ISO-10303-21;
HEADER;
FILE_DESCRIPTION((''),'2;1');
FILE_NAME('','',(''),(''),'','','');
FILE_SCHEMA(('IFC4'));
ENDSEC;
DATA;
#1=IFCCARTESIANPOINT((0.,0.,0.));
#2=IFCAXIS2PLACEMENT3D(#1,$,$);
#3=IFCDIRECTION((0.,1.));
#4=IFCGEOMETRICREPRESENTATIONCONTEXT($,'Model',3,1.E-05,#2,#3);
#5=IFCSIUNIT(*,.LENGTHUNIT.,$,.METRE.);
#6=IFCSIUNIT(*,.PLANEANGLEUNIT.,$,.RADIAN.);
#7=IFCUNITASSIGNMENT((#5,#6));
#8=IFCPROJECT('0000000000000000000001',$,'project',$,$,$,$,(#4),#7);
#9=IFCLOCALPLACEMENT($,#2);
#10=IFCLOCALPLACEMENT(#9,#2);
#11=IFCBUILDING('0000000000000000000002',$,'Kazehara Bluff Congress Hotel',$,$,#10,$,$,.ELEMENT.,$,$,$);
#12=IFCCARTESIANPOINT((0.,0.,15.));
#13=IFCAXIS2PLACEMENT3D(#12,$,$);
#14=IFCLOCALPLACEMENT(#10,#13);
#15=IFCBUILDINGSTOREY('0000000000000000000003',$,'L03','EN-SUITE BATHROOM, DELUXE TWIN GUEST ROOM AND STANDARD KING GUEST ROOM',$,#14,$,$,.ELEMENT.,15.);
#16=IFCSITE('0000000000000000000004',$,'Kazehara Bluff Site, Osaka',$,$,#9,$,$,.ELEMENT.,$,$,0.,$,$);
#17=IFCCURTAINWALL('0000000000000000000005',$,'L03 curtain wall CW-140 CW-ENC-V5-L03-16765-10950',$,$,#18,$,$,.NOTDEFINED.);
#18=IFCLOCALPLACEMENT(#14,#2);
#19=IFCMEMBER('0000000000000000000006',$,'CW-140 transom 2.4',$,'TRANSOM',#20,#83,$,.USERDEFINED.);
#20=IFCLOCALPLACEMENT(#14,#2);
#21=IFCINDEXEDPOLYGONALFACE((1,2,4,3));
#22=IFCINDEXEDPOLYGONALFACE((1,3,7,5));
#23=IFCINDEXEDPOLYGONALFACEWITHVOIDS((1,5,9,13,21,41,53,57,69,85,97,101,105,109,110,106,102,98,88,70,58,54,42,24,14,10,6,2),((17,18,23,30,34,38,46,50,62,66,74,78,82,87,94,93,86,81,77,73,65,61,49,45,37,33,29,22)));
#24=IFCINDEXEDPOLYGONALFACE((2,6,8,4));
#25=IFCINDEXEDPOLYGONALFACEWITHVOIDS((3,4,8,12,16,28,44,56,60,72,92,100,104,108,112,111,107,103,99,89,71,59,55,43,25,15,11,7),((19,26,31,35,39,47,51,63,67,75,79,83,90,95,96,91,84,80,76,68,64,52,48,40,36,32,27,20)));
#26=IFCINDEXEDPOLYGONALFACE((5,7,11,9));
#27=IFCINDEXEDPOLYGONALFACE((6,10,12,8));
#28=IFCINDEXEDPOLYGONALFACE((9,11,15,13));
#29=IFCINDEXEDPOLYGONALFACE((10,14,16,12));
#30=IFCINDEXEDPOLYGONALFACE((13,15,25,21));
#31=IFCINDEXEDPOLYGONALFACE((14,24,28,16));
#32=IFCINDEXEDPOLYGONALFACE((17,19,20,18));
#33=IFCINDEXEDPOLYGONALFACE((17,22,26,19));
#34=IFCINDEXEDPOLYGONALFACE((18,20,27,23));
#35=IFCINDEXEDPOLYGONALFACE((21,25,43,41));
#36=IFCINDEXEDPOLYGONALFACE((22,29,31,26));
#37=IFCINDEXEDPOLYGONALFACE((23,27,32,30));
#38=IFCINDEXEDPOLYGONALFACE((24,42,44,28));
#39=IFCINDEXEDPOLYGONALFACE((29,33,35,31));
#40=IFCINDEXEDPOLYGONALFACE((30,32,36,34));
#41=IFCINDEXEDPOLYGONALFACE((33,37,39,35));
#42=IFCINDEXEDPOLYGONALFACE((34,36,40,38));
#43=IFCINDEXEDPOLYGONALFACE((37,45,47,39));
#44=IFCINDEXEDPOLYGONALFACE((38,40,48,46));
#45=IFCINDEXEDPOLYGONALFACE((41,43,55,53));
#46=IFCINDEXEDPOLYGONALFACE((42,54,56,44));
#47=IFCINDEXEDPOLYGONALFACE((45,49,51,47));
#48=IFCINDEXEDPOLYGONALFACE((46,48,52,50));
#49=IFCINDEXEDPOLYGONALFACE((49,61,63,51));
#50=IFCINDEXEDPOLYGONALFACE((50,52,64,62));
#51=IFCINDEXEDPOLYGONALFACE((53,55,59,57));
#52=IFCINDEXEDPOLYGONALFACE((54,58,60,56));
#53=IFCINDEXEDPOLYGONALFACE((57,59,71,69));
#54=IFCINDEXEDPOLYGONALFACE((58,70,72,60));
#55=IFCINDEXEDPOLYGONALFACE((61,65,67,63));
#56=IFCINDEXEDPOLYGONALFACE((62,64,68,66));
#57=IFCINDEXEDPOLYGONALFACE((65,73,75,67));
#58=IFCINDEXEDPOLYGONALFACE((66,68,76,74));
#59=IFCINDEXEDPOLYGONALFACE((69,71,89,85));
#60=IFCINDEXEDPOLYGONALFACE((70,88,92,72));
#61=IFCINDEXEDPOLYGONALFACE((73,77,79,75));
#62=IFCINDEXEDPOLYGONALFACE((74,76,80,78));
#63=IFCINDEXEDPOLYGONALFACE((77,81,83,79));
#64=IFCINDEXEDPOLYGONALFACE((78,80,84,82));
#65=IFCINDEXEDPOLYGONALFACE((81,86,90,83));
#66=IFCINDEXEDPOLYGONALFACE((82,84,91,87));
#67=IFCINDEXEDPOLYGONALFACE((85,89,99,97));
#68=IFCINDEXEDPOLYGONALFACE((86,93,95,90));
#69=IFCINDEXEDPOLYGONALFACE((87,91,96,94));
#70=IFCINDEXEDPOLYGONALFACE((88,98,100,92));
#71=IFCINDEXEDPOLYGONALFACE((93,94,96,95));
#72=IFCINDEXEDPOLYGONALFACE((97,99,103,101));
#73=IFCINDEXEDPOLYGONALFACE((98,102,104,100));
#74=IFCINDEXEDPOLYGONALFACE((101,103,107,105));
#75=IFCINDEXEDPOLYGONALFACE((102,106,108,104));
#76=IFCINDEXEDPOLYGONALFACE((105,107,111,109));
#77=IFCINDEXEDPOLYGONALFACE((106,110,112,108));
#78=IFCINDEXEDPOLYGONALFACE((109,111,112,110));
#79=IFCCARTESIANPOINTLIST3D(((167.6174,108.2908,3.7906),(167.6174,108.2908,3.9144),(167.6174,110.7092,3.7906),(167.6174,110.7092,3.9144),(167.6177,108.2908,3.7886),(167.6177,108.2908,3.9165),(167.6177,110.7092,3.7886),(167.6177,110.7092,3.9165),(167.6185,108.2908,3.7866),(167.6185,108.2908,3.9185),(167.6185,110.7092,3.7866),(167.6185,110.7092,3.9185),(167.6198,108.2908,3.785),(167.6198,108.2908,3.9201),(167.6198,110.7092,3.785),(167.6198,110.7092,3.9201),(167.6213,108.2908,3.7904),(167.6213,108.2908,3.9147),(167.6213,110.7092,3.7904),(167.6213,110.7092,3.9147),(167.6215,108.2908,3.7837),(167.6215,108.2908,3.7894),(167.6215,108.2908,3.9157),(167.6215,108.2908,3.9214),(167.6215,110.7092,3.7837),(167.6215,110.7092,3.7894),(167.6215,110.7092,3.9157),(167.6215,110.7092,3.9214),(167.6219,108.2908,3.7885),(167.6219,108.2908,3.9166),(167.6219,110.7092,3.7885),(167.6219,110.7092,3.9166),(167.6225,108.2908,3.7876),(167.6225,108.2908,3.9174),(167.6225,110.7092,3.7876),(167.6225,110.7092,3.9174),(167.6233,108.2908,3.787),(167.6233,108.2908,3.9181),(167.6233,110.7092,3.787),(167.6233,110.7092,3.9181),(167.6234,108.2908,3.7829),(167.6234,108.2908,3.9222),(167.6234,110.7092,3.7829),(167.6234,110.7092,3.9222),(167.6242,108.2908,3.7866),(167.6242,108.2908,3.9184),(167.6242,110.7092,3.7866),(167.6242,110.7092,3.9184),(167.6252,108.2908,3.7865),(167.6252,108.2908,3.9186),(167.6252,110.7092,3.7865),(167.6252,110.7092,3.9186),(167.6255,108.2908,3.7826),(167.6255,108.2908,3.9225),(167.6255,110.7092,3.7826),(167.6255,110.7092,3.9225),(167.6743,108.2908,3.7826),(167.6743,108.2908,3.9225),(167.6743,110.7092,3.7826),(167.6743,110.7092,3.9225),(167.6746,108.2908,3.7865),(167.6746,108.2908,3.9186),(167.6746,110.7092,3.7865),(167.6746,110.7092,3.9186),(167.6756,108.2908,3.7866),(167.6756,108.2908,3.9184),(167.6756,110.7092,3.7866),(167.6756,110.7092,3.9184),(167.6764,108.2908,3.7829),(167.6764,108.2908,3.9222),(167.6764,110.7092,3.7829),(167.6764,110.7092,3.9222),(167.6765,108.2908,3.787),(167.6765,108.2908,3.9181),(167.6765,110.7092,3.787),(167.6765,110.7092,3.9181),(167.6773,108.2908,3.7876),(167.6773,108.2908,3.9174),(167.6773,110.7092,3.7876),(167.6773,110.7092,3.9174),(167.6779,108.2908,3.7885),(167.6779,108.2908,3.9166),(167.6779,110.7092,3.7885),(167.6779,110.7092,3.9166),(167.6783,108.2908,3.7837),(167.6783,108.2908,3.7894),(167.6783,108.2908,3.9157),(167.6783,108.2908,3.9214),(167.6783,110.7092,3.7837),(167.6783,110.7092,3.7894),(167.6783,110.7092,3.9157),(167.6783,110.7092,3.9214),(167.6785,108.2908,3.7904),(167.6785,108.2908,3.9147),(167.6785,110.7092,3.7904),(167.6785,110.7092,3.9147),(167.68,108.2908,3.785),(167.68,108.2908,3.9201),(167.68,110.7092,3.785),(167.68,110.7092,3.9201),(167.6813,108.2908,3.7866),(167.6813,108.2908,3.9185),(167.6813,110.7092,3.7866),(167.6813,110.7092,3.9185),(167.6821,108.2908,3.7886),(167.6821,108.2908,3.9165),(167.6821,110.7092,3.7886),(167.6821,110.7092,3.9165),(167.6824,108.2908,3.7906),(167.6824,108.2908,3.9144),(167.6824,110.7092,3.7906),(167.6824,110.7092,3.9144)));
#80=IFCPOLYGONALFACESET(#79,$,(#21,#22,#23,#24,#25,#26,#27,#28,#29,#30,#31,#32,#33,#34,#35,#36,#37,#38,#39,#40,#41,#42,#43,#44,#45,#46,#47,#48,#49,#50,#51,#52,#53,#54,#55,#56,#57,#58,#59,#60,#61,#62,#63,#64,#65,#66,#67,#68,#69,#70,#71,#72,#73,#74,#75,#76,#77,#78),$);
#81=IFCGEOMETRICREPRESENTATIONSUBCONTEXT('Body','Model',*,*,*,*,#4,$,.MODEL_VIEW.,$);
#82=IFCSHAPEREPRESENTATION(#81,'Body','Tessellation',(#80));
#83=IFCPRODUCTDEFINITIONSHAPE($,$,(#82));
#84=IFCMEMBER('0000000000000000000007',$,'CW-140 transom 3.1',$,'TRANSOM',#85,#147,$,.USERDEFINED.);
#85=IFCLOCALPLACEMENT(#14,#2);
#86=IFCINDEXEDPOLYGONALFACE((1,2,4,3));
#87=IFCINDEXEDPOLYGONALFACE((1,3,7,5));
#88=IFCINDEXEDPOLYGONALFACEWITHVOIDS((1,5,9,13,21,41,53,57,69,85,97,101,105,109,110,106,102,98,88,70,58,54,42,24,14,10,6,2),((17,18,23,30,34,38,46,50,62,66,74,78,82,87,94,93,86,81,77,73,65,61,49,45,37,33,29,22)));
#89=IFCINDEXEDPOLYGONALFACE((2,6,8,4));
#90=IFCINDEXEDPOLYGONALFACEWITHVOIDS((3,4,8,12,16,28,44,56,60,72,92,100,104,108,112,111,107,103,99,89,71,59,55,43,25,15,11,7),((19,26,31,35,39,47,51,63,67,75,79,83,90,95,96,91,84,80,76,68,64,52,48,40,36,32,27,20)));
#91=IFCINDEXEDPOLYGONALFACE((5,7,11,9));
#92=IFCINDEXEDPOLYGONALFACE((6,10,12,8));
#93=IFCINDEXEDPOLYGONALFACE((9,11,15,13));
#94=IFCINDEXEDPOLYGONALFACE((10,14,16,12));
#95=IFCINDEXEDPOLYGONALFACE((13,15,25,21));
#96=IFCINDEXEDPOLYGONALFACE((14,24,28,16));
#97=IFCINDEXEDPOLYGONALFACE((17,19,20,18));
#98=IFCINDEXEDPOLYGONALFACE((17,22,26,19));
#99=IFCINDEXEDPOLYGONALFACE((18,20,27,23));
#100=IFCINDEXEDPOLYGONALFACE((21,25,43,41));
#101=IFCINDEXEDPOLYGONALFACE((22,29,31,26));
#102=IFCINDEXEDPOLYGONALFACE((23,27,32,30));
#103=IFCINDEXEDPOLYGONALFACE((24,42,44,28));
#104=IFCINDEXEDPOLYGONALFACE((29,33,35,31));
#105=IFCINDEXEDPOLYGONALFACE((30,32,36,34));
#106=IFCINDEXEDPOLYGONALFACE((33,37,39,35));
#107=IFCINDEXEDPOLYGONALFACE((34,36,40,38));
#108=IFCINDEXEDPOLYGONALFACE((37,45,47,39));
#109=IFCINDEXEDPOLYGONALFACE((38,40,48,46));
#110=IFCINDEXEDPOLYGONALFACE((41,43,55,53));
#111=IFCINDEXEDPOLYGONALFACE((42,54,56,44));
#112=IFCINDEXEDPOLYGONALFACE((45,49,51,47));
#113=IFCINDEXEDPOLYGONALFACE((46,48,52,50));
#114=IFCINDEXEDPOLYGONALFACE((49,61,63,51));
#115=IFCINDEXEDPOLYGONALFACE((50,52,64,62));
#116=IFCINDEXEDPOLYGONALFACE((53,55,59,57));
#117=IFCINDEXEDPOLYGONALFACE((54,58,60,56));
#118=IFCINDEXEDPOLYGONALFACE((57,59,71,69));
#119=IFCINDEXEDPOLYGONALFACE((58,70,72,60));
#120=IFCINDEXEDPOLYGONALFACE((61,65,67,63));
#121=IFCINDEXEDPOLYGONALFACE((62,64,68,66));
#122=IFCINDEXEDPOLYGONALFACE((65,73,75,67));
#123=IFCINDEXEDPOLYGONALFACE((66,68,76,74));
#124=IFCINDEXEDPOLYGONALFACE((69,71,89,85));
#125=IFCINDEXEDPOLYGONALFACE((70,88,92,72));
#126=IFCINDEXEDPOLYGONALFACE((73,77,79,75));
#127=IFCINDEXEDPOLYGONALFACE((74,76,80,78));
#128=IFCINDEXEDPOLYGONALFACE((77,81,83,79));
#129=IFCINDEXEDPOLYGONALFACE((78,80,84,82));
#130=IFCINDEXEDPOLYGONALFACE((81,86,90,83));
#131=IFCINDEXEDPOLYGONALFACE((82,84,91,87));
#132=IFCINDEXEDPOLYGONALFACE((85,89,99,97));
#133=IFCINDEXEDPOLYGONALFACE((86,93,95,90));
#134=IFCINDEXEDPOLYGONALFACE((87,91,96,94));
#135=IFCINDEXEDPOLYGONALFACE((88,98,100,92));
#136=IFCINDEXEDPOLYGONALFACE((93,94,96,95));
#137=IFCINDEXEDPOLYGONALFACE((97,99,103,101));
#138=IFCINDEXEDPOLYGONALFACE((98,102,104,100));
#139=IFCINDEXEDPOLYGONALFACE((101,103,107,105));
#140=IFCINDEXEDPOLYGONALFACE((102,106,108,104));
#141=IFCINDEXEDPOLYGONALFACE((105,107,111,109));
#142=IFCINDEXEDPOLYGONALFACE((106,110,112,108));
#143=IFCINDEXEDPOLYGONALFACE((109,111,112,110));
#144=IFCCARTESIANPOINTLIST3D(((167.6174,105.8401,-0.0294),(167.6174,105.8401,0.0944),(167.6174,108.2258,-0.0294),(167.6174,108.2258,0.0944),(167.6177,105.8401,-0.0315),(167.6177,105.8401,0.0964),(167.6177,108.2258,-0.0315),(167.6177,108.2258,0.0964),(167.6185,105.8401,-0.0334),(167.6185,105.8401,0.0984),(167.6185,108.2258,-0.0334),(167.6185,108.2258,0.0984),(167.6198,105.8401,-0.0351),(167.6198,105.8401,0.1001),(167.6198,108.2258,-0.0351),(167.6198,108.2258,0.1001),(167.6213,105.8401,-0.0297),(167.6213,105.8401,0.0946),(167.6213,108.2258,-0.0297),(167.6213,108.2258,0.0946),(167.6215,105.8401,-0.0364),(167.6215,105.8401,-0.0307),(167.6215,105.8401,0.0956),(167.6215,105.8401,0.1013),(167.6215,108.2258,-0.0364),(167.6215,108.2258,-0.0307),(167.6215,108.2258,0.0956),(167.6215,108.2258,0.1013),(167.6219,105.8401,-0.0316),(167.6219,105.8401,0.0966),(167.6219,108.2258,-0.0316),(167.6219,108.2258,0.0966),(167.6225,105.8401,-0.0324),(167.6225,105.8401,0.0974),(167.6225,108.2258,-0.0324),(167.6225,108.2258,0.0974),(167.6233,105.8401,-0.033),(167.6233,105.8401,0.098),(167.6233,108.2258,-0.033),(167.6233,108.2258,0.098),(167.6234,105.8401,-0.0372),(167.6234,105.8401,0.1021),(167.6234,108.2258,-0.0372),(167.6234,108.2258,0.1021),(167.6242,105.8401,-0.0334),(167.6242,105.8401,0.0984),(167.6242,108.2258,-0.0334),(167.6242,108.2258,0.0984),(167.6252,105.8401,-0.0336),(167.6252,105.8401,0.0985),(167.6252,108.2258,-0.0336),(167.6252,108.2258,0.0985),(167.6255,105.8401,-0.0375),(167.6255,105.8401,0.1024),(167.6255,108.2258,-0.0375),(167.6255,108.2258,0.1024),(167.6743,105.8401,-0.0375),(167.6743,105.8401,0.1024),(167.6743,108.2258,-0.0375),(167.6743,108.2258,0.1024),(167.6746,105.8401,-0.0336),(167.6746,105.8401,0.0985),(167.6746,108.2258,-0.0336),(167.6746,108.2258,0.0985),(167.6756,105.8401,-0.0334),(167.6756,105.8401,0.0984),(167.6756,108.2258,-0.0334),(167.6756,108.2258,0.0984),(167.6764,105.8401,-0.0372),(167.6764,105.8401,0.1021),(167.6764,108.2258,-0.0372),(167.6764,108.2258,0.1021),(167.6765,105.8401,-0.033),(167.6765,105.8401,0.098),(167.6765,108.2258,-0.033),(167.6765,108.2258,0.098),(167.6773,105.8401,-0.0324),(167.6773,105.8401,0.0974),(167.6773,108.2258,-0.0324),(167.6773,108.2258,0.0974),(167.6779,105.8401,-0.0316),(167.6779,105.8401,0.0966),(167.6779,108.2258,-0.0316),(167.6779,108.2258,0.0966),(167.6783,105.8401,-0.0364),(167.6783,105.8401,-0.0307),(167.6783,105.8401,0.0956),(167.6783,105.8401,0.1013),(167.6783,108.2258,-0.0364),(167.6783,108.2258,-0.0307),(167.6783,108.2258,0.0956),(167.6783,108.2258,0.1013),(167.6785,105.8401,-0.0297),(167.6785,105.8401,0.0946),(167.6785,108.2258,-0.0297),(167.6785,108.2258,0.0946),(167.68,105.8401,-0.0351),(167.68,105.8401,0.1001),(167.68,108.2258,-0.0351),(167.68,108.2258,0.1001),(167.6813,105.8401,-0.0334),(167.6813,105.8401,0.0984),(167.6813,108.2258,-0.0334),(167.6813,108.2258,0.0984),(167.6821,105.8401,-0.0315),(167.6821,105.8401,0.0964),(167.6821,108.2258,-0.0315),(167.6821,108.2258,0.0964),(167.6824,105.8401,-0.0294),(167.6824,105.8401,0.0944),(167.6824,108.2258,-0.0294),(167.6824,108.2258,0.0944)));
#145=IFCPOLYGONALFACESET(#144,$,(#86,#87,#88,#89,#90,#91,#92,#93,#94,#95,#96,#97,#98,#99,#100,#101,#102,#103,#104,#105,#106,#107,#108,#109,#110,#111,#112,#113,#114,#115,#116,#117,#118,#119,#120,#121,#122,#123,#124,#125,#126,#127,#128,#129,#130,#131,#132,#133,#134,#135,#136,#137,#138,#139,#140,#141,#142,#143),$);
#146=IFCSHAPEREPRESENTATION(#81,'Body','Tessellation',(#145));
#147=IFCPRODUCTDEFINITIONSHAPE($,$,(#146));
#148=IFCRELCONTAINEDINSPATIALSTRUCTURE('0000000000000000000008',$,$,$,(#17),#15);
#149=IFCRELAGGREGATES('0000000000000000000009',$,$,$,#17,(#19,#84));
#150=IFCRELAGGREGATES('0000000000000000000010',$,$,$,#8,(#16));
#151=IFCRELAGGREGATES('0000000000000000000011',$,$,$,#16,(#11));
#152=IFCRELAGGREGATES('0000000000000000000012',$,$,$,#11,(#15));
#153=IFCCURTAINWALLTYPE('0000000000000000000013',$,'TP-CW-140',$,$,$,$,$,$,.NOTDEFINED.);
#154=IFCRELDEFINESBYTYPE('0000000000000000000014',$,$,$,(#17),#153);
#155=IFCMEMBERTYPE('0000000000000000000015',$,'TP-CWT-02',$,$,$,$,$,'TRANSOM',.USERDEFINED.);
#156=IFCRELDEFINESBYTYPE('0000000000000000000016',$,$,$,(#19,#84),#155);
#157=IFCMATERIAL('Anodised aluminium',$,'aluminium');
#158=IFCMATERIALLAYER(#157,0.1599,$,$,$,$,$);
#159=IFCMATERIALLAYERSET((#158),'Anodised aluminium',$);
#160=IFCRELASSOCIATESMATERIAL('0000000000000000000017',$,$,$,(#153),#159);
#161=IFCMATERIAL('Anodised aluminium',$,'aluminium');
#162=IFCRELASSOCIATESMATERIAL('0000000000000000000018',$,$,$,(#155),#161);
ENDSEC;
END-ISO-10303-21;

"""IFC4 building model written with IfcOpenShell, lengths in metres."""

from ifc_helpers import new_model, si_unit, direction, frame, origin, origin_2d, place, context, subcontext, project, spatial, hollow_rectangle, extrude, material, layer, layer_set, material_profile, profile_set, type_object, element, aggregate, save


model = new_model("IFC4")

# Units and contexts
model_context = context("Model", 3, precision=1e-05, world=origin(), true_north=direction((0.0, 1.0)))
body_context = subcontext(model_context, "Body", "Model", "MODEL_VIEW")
ifc_project = project(units=[si_unit("LENGTHUNIT", "METRE"), si_unit("PLANEANGLEUNIT", "RADIAN")], contexts=[model_context])

# Site, building, storey
site_placement = place(None, origin())
site = spatial("IfcSite", under=ifc_project, at=site_placement, Name="Kazehara Bluff Site, Osaka", CompositionType="ELEMENT", RefElevation=0.0)
building_placement = place(site_placement, origin())
building = spatial("IfcBuilding", under=site, at=building_placement, Name="Kazehara Bluff Congress Hotel", CompositionType="ELEMENT")
storey_placement = place(building_placement, frame((0.0, 0.0, 15.0)))
storey = spatial("IfcBuildingStorey", under=building, at=storey_placement, Name="L03", Description="EN-SUITE BATHROOM, DELUXE TWIN GUEST ROOM AND STANDARD KING GUEST ROOM", CompositionType="ELEMENT", Elevation=15.0)

# Curtain wall, members
ifc_material_1 = material(Name="Anodised aluminium", Category="aluminium")
ifc_layer_1 = layer(ifc_material_1, 0.1599)
ifc_layer_set_1 = layer_set([ifc_layer_1], Name="Anodised aluminium")
curtain_wall_type_1 = type_object("IfcCurtainWallType", Name="TP-CW-140", PredefinedType="NOTDEFINED", material=ifc_layer_set_1)
curtain_wall_1_placement = place(storey_placement, origin())
curtain_wall_1 = element("IfcCurtainWall", 1, at=curtain_wall_1_placement, inside=storey, type_object=curtain_wall_type_1, Name="L03 curtain wall CW-140 CW-ENC-V5-L03-16765-10950", PredefinedType="NOTDEFINED")
ifc_material_2 = material(Name="Anodised aluminium", Category="aluminium")
ifc_material_profile_1 = material_profile(ifc_material_2, hollow_rectangle(XDim=0.0649, YDim=0.1399, WallThickness=0.0039, InnerFilletRadius=0.0039, OuterFilletRadius=0.0081, at=origin_2d()))
ifc_profile_set_1 = profile_set([ifc_material_profile_1], Name="Anodised aluminium")
member_type_1 = type_object("IfcMemberType", Name="TP-CWT-02", ElementType="TRANSOM", PredefinedType="USERDEFINED", material=ifc_profile_set_1)
member_1_placement = place(storey_placement, frame((167.6499, 110.7092, 3.8525), z_axis=(0.0, -1.0, 0.0), x_axis=(1.0, 0.0, 0.0)))
member_1 = element("IfcMember", 2, at=member_1_placement, type_object=member_type_1, Name="CW-140 transom 2.4", ObjectType="TRANSOM", PredefinedType="USERDEFINED", context=body_context, shape_type="SweptSolid", body=[
    extrude(hollow_rectangle(XDim=0.0649, YDim=0.1399, WallThickness=0.0039, InnerFilletRadius=0.0039, OuterFilletRadius=0.0081, at=origin_2d()), origin(), (0.0, 0.0, 1.0), 2.4185),
])
member_2_placement = place(storey_placement, frame((167.6499, 108.2258, 0.0325), z_axis=(0.0, -1.0, 0.0), x_axis=(1.0, 0.0, 0.0)))
member_2 = element("IfcMember", 3, at=member_2_placement, type_object=member_type_1, Name="CW-140 transom 3.1", ObjectType="TRANSOM", PredefinedType="USERDEFINED", context=body_context, shape_type="SweptSolid", body=[
    extrude(hollow_rectangle(XDim=0.0649, YDim=0.1399, WallThickness=0.0039, InnerFilletRadius=0.0039, OuterFilletRadius=0.0081, at=origin_2d()), origin(), (0.0, 0.0, 1.0), 2.3857),
])

aggregate(curtain_wall_1, [member_1, member_2])

save(model, "model.ifc")
